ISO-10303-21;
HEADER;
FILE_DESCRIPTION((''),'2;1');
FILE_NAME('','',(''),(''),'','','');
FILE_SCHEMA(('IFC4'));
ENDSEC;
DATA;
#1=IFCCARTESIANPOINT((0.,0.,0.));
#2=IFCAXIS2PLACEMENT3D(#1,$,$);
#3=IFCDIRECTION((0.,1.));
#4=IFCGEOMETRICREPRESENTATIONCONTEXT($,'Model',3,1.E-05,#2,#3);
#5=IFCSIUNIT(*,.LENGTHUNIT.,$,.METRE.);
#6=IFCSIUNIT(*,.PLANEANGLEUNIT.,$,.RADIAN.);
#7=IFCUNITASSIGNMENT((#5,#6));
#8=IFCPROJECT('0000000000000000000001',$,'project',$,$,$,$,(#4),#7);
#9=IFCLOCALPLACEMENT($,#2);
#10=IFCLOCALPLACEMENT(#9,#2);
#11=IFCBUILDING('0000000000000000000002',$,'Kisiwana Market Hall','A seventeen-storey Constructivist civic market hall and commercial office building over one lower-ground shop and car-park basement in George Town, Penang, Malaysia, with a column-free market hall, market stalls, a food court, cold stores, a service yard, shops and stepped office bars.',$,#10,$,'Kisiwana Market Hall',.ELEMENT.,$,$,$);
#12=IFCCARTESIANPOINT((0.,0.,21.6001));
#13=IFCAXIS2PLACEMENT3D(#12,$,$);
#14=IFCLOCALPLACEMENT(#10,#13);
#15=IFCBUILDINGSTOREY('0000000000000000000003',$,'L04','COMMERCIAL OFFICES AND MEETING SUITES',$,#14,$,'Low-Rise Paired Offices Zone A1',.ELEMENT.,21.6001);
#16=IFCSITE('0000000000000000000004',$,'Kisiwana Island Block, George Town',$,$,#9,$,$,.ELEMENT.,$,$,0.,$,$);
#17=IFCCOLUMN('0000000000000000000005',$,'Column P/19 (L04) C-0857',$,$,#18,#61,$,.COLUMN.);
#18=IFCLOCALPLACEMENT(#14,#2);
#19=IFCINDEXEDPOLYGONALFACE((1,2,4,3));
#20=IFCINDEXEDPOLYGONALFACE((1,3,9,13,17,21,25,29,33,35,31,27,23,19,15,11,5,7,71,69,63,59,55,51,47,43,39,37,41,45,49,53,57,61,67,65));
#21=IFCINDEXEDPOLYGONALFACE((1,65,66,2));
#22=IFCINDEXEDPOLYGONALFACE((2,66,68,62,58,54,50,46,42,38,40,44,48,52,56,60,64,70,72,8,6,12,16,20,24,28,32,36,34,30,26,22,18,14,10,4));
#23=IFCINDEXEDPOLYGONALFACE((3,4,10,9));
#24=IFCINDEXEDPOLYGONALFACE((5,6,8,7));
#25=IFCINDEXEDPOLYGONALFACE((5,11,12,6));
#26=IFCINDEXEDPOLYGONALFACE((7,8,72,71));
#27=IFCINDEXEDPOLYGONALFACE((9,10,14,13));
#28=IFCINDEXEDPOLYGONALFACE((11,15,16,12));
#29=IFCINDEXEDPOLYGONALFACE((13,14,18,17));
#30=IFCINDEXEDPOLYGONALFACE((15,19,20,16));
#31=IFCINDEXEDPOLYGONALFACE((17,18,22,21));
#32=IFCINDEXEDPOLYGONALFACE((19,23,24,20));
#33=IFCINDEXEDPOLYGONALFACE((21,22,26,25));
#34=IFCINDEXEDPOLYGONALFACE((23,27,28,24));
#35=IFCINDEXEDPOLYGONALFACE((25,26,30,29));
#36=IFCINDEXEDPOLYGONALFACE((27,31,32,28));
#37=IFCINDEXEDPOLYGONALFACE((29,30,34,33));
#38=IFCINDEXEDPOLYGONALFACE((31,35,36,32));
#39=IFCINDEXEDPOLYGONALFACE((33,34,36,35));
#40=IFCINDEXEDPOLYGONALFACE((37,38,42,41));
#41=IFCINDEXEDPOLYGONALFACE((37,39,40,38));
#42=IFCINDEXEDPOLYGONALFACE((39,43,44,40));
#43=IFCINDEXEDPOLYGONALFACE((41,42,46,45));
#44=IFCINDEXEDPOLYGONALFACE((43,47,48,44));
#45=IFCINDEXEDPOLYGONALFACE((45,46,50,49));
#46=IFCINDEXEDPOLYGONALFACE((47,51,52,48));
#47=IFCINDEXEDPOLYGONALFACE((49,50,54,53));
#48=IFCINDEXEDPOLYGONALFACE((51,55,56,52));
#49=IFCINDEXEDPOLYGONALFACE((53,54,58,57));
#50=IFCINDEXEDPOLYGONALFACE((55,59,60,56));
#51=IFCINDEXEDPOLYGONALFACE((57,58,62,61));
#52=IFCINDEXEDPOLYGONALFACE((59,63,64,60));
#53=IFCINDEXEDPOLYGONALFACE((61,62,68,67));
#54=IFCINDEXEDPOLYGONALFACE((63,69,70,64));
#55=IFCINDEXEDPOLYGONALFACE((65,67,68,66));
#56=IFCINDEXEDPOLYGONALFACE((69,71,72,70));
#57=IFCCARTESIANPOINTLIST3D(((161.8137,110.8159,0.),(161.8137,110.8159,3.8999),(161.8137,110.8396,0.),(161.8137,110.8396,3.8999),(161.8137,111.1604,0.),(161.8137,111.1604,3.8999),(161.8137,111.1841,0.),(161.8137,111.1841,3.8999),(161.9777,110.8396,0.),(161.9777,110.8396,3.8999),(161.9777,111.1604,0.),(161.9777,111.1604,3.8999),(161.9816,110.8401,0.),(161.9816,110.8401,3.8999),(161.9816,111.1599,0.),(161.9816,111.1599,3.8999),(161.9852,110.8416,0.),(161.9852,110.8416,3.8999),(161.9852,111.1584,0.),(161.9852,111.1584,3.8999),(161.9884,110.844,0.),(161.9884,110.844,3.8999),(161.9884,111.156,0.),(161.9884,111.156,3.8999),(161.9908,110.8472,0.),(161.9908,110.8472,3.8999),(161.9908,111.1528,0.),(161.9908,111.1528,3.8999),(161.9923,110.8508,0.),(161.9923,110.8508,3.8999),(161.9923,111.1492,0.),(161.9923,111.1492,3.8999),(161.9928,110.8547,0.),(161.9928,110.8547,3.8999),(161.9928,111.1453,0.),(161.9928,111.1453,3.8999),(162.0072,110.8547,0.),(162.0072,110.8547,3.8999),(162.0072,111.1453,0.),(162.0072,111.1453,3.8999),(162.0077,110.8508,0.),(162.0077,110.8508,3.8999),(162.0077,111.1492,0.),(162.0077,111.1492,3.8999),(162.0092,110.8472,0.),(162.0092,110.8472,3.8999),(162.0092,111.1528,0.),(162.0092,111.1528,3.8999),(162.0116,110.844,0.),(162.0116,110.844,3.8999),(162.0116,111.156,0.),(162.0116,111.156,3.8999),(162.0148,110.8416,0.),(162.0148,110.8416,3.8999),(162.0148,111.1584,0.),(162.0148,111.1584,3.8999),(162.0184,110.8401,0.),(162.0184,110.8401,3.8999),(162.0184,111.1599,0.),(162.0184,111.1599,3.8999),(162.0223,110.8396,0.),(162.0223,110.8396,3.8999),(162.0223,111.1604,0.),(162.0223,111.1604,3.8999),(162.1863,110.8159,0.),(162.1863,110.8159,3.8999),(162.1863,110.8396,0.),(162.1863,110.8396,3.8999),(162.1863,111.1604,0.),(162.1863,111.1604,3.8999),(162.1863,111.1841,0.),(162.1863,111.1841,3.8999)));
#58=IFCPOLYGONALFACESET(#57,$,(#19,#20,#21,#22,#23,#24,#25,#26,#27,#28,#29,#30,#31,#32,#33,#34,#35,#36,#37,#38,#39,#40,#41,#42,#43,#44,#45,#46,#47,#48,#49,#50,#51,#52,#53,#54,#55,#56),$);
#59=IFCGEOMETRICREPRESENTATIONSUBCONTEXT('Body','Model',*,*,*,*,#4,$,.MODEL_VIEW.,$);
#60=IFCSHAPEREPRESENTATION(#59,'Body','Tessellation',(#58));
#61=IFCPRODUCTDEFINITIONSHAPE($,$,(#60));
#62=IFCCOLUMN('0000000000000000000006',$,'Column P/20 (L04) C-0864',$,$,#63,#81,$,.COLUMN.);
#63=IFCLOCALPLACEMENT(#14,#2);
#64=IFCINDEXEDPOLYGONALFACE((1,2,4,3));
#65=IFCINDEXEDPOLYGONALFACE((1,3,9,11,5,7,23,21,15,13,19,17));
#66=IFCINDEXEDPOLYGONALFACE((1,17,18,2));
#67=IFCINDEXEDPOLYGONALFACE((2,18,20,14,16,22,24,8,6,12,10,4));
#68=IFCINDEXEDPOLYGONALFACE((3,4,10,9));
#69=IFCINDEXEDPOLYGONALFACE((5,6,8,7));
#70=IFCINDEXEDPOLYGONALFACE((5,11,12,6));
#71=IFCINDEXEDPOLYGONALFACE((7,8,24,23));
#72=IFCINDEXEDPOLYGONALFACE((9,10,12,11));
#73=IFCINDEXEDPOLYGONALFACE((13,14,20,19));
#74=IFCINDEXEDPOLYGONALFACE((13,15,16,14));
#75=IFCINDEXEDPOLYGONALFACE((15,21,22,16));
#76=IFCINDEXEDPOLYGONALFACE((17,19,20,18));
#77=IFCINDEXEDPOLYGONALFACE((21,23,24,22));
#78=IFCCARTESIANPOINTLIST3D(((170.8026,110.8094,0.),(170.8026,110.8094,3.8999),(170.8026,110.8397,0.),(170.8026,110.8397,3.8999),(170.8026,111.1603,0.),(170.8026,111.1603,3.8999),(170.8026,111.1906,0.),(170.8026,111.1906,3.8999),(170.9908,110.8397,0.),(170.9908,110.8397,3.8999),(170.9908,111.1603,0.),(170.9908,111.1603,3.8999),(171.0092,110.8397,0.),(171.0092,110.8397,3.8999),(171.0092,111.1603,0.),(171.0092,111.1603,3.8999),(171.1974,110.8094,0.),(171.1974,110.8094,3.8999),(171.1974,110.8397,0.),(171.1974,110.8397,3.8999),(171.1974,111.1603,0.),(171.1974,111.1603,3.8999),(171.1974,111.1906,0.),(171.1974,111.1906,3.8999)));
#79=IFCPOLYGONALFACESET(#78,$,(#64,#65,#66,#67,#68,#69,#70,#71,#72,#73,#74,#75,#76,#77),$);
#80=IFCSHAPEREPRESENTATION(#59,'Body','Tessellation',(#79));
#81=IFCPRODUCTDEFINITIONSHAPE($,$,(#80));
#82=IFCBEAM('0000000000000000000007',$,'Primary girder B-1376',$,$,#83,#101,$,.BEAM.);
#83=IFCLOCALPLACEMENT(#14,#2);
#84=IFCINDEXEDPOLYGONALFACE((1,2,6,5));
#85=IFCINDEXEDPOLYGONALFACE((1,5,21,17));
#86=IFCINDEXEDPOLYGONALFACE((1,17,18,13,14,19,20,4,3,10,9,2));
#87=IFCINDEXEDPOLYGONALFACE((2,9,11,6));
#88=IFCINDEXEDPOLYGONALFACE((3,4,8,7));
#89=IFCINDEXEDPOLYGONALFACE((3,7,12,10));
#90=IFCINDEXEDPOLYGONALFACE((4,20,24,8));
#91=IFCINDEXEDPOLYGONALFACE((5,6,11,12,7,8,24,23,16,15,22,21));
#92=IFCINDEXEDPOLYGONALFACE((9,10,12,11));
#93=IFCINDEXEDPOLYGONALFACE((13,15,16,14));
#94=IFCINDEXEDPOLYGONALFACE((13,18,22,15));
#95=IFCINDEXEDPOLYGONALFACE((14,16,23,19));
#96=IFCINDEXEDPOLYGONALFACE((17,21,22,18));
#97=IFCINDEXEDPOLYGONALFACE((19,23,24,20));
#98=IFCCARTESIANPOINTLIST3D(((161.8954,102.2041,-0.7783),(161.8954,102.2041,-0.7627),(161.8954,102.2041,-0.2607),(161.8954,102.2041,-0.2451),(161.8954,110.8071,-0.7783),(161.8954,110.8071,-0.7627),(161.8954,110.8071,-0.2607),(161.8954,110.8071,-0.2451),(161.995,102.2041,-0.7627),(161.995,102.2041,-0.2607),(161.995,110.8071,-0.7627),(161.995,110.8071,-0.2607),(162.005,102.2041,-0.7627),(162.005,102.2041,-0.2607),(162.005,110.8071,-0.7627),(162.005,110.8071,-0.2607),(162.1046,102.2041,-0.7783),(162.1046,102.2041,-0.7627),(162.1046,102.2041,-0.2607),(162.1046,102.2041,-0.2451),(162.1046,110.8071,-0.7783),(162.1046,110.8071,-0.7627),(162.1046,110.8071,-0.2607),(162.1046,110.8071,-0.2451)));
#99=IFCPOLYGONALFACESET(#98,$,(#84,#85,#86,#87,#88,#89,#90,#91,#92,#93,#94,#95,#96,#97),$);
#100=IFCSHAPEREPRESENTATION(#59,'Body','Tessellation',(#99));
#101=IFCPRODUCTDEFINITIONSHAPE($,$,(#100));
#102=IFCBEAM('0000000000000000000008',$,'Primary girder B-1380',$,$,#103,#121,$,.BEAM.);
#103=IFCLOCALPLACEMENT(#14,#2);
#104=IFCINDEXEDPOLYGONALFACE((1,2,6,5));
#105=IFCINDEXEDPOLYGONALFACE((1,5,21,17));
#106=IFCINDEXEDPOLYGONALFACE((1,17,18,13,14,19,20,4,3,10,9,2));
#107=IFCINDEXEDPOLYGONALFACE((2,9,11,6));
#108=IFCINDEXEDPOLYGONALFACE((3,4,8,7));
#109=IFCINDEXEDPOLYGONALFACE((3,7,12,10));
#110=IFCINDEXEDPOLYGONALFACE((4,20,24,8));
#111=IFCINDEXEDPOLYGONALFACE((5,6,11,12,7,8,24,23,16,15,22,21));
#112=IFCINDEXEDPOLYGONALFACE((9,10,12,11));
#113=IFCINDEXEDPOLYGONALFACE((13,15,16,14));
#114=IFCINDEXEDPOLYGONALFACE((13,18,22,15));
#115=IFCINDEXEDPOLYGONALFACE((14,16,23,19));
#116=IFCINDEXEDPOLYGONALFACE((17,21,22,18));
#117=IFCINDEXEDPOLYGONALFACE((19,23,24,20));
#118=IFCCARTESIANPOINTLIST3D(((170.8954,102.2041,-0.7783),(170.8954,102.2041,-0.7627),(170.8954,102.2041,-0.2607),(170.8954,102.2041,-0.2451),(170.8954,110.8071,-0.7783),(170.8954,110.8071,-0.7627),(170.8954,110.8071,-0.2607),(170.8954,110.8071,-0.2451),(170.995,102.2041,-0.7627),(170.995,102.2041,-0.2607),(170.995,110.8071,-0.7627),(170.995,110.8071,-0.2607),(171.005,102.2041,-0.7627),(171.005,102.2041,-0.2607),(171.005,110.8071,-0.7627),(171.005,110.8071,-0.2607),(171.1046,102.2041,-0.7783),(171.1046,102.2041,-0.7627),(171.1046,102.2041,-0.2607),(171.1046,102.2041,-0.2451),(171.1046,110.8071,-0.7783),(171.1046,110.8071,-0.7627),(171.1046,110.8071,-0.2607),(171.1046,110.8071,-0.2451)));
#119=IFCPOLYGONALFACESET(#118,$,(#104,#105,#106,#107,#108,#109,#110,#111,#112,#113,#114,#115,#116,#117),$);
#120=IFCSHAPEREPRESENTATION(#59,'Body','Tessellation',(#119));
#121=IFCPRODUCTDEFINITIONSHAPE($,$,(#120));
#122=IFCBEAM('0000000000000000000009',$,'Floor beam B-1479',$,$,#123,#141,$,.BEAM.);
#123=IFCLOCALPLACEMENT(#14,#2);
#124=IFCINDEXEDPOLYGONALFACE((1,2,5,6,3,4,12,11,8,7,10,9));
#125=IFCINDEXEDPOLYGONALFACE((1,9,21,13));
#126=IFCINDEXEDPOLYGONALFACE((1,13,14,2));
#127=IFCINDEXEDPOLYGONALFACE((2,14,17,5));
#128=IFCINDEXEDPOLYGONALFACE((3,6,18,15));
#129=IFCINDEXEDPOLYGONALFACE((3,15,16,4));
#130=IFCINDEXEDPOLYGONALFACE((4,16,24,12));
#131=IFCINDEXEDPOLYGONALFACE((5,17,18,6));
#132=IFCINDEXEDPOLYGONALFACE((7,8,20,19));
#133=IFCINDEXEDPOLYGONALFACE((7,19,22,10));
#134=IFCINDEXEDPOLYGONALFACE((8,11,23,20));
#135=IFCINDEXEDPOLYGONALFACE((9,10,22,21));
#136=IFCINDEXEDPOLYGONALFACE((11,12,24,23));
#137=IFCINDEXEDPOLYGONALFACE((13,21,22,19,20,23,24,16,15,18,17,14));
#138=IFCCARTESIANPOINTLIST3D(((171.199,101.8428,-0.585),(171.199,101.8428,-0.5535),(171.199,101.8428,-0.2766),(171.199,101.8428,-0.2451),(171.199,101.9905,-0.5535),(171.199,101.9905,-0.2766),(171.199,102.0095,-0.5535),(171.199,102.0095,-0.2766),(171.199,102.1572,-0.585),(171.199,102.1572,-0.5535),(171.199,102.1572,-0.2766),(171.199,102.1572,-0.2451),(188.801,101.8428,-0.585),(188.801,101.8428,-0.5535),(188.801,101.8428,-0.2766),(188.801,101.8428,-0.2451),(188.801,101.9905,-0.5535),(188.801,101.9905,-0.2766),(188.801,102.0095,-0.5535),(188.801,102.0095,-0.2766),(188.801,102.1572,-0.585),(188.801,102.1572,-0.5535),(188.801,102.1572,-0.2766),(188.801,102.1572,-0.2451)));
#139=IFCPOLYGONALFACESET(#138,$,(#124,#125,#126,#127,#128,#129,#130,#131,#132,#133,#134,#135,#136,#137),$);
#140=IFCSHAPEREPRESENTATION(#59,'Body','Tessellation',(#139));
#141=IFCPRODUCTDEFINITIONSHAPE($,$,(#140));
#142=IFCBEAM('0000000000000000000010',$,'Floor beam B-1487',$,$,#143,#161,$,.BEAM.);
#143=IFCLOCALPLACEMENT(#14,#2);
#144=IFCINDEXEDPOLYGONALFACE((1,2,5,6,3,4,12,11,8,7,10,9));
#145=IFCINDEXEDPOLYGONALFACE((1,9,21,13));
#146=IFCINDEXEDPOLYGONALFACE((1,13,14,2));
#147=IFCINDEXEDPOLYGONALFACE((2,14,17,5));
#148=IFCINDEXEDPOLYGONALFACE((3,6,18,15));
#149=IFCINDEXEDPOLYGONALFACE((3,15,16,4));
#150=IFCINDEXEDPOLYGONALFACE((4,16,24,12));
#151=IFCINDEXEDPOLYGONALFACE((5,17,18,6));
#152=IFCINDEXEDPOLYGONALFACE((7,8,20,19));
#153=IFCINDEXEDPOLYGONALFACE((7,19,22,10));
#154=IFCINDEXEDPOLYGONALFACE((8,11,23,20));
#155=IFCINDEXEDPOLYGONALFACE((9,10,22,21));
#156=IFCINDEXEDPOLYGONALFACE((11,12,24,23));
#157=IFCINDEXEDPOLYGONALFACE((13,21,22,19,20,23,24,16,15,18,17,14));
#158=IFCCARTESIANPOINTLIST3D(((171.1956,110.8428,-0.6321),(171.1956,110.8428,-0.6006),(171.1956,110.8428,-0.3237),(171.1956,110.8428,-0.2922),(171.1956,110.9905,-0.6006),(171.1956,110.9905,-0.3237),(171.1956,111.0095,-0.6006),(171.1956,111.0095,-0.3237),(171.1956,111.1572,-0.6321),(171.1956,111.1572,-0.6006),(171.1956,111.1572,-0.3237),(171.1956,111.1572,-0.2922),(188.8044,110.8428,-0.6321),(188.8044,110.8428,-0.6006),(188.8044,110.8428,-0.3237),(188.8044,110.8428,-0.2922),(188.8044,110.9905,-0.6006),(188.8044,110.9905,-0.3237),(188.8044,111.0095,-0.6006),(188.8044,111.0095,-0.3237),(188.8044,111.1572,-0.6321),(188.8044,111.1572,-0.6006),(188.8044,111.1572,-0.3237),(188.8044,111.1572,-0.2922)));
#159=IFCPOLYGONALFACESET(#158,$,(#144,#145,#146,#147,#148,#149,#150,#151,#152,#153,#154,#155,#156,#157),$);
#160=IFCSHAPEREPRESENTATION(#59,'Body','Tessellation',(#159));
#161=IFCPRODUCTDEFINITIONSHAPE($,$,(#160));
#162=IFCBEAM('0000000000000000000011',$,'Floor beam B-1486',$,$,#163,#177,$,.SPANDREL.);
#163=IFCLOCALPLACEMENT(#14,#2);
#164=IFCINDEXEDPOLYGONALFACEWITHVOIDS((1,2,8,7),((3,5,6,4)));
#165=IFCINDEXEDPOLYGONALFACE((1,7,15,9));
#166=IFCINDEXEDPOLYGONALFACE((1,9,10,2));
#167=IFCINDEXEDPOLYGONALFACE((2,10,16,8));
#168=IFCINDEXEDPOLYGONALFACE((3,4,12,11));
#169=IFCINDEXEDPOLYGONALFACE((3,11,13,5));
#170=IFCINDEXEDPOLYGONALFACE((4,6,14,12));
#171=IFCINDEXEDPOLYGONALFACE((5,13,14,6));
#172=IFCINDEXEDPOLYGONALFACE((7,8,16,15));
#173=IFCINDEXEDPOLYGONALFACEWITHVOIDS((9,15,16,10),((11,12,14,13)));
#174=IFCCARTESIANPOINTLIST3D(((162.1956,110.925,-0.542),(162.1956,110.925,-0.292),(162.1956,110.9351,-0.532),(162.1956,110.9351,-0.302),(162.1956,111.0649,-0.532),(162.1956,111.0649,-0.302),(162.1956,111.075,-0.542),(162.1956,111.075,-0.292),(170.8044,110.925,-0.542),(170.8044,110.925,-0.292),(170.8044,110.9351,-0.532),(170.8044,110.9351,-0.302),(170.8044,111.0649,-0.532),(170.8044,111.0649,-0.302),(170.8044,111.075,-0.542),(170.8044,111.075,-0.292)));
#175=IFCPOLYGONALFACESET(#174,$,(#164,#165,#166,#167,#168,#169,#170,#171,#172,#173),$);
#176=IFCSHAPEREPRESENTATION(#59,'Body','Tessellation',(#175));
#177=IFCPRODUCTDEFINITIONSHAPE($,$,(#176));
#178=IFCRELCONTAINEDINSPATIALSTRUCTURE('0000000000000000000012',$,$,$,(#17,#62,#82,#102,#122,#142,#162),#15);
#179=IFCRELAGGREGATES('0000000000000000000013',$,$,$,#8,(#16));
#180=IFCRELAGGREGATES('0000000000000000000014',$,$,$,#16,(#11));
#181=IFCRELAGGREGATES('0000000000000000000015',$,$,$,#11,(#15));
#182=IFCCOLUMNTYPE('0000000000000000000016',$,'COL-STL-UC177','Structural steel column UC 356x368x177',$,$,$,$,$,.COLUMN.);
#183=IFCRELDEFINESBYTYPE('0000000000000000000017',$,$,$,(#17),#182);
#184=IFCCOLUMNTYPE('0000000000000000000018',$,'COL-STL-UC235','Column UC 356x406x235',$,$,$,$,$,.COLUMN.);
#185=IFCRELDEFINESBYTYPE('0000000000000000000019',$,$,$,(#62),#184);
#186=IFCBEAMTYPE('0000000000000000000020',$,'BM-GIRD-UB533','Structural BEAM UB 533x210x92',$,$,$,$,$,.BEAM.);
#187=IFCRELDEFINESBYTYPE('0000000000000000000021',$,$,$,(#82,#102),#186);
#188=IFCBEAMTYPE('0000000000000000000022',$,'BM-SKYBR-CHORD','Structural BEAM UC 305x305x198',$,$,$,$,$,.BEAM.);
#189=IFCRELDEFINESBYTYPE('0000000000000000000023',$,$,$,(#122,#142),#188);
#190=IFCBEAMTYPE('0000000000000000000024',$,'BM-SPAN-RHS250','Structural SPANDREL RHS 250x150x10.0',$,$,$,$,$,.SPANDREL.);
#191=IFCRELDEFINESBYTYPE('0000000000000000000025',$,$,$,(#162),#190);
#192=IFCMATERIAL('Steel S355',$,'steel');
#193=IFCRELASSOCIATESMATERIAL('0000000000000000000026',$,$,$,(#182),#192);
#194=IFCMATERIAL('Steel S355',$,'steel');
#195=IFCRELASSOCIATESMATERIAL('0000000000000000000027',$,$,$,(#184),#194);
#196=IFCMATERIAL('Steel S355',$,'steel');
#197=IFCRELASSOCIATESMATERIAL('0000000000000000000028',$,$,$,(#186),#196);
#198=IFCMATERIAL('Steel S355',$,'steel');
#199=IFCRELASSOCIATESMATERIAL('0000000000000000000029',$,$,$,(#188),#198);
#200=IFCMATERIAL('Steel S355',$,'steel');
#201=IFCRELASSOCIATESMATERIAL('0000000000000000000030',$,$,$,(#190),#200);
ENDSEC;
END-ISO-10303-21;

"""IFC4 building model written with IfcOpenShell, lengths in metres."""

from ifc_helpers import new_model, si_unit, direction, frame, origin, origin_2d, place, context, subcontext, project, spatial, hollow_rectangle, i_section, extrude, material, material_profile, profile_set, type_object, element, save


model = new_model("IFC4")

# Units and contexts
model_context = context("Model", 3, precision=1e-05, world=origin(), true_north=direction((0.0, 1.0)))
body_context = subcontext(model_context, "Body", "Model", "MODEL_VIEW")
ifc_project = project(units=[si_unit("LENGTHUNIT", "METRE"), si_unit("PLANEANGLEUNIT", "RADIAN")], contexts=[model_context])

# Site, building, storey
site_placement = place(None, origin())
site = spatial("IfcSite", under=ifc_project, at=site_placement, Name="Kisiwana Island Block, George Town", CompositionType="ELEMENT", RefElevation=0.0)
building_placement = place(site_placement, origin())
building = spatial("IfcBuilding", under=site, at=building_placement, Name="Kisiwana Market Hall", Description="A seventeen-storey Constructivist civic market hall and commercial office building over one lower-ground shop and car-park basement in George Town, Penang, Malaysia, with a column-free market hall, market stalls, a food court, cold stores, a service yard, shops and stepped office bars.", LongName="Kisiwana Market Hall", CompositionType="ELEMENT")
storey_placement = place(building_placement, frame((0.0, 0.0, 21.6001)))
storey = spatial("IfcBuildingStorey", under=building, at=storey_placement, Name="L04", Description="COMMERCIAL OFFICES AND MEETING SUITES", LongName="Low-Rise Paired Offices Zone A1", CompositionType="ELEMENT", Elevation=21.6001)

# Columns
ifc_material_1 = material(Name="Steel S355", Category="steel")
ifc_material_profile_1 = material_profile(ifc_material_1, i_section(OverallWidth=0.3726, OverallDepth=0.3682, WebThickness=0.0144, FlangeThickness=0.0237, FilletRadius=0.0151, at=origin_2d()), Name="UC 356x368x177")
ifc_profile_set_1 = profile_set([ifc_material_profile_1], Name="Steel S355")
column_type_1 = type_object("IfcColumnType", Name="COL-STL-UC177", Description="Structural steel column UC 356x368x177", PredefinedType="COLUMN", material=ifc_profile_set_1)
column_1_placement = place(storey_placement, frame((162.0, 111.0, 0.0), z_axis=(0.0, 0.0, 1.0), x_axis=(1.0, 0.0, 0.0)))
element("IfcColumn", 1, at=column_1_placement, inside=storey, type_object=column_type_1, Name="Column P/19 (L04) C-0857", PredefinedType="COLUMN", context=body_context, shape_type="SweptSolid", body=[
    extrude(i_section(OverallWidth=0.3726, OverallDepth=0.3682, WebThickness=0.0144, FlangeThickness=0.0237, FilletRadius=0.0151, at=origin_2d()), origin(), (0.0, 0.0, 1.0), 3.8999),
])
ifc_material_2 = material(Name="Steel S355", Category="steel")
ifc_material_profile_2 = material_profile(ifc_material_2, i_section(OverallWidth=0.3948, OverallDepth=0.3811, WebThickness=0.0183, FlangeThickness=0.0303, at=origin_2d()), Name="UC 356x406x235")
ifc_profile_set_2 = profile_set([ifc_material_profile_2], Name="Steel S355")
column_type_2 = type_object("IfcColumnType", Name="COL-STL-UC235", Description="Column UC 356x406x235", PredefinedType="COLUMN", material=ifc_profile_set_2)
column_2_placement = place(storey_placement, frame((171.0, 111.0, 0.0), z_axis=(0.0, 0.0, 1.0), x_axis=(1.0, 0.0, 0.0)))
element("IfcColumn", 2, at=column_2_placement, inside=storey, type_object=column_type_2, Name="Column P/20 (L04) C-0864", PredefinedType="COLUMN", context=body_context, shape_type="SweptSolid", body=[
    extrude(i_section(OverallWidth=0.3948, OverallDepth=0.3811, WebThickness=0.0183, FlangeThickness=0.0303, at=origin_2d()), origin(), (0.0, 0.0, 1.0), 3.8999),
])

# Beams
ifc_material_3 = material(Name="Steel S355", Category="steel")
ifc_material_profile_3 = material_profile(ifc_material_3, i_section(OverallWidth=0.2092, OverallDepth=0.5332, WebThickness=0.01, FlangeThickness=0.0156, at=origin_2d()), Name="UB 533x210x92")
ifc_profile_set_3 = profile_set([ifc_material_profile_3], Name="Steel S355")
beam_type_1 = type_object("IfcBeamType", Name="BM-GIRD-UB533", Description="Structural BEAM UB 533x210x92", PredefinedType="BEAM", material=ifc_profile_set_3)
for number, where, z_axis, x_axis, name in (
    (3, (162.0, 102.2041, -0.5117), (0.0, 1.0, 0.0), (-1.0, 0.0, 0.0), "Primary girder B-1376"),
    (4, (171.0, 102.2041, -0.5117), (0.0, 1.0, 0.0), (-1.0, 0.0, 0.0), "Primary girder B-1380"),
):
    element("IfcBeam", number, at=place(storey_placement, frame(where, z_axis=z_axis, x_axis=x_axis)), inside=storey, type_object=beam_type_1, Name=name, PredefinedType="BEAM", context=body_context, shape_type="SweptSolid", body=[
        extrude(i_section(OverallWidth=0.2092, OverallDepth=0.5332, WebThickness=0.01, FlangeThickness=0.0156, at=origin_2d()), origin(), (0.0, 0.0, 1.0), 8.603),
    ])
ifc_material_4 = material(Name="Steel S355", Category="steel")
ifc_material_profile_4 = material_profile(ifc_material_4, i_section(OverallWidth=0.3145, OverallDepth=0.3398, WebThickness=0.019, FlangeThickness=0.0315, at=origin_2d()), Name="UC 305x305x198")
ifc_profile_set_4 = profile_set([ifc_material_profile_4], Name="Steel S355")
beam_type_2 = type_object("IfcBeamType", Name="BM-SKYBR-CHORD", Description="Structural BEAM UC 305x305x198", PredefinedType="BEAM", material=ifc_profile_set_4)
beam_1_placement = place(storey_placement, frame((171.199, 102.0, -0.415), z_axis=(1.0, 0.0, 0.0), x_axis=(0.0, 1.0, 0.0)))
element("IfcBeam", 5, at=beam_1_placement, inside=storey, type_object=beam_type_2, Name="Floor beam B-1479", PredefinedType="BEAM", context=body_context, shape_type="SweptSolid", body=[
    extrude(i_section(OverallWidth=0.3145, OverallDepth=0.3398, WebThickness=0.019, FlangeThickness=0.0315, at=origin_2d()), origin(), (0.0, 0.0, 1.0), 17.6021),
])
beam_2_placement = place(storey_placement, frame((171.1956, 111.0, -0.4622), z_axis=(1.0, 0.0, 0.0), x_axis=(0.0, 1.0, 0.0)))
element("IfcBeam", 6, at=beam_2_placement, inside=storey, type_object=beam_type_2, Name="Floor beam B-1487", PredefinedType="BEAM", context=body_context, shape_type="SweptSolid", body=[
    extrude(i_section(OverallWidth=0.3145, OverallDepth=0.3398, WebThickness=0.019, FlangeThickness=0.0315, at=origin_2d()), origin(), (0.0, 0.0, 1.0), 17.6089),
])
ifc_material_5 = material(Name="Steel S355", Category="steel")
ifc_material_profile_5 = material_profile(ifc_material_5, hollow_rectangle(XDim=0.1499, YDim=0.25, WallThickness=0.01, at=origin_2d()), Name="RHS 250x150x10.0")
ifc_profile_set_5 = profile_set([ifc_material_profile_5], Name="Steel S355")
beam_type_3 = type_object("IfcBeamType", Name="BM-SPAN-RHS250", Description="Structural SPANDREL RHS 250x150x10.0", PredefinedType="SPANDREL", material=ifc_profile_set_5)
beam_3_placement = place(storey_placement, frame((162.1956, 111.0, -0.417), z_axis=(1.0, 0.0, 0.0), x_axis=(0.0, 1.0, 0.0)))
element("IfcBeam", 7, at=beam_3_placement, inside=storey, type_object=beam_type_3, Name="Floor beam B-1486", PredefinedType="SPANDREL", context=body_context, shape_type="SweptSolid", body=[
    extrude(hollow_rectangle(XDim=0.1499, YDim=0.25, WallThickness=0.01, at=origin_2d()), origin(), (0.0, 0.0, 1.0), 8.6089),
])

save(model, "model.ifc")
